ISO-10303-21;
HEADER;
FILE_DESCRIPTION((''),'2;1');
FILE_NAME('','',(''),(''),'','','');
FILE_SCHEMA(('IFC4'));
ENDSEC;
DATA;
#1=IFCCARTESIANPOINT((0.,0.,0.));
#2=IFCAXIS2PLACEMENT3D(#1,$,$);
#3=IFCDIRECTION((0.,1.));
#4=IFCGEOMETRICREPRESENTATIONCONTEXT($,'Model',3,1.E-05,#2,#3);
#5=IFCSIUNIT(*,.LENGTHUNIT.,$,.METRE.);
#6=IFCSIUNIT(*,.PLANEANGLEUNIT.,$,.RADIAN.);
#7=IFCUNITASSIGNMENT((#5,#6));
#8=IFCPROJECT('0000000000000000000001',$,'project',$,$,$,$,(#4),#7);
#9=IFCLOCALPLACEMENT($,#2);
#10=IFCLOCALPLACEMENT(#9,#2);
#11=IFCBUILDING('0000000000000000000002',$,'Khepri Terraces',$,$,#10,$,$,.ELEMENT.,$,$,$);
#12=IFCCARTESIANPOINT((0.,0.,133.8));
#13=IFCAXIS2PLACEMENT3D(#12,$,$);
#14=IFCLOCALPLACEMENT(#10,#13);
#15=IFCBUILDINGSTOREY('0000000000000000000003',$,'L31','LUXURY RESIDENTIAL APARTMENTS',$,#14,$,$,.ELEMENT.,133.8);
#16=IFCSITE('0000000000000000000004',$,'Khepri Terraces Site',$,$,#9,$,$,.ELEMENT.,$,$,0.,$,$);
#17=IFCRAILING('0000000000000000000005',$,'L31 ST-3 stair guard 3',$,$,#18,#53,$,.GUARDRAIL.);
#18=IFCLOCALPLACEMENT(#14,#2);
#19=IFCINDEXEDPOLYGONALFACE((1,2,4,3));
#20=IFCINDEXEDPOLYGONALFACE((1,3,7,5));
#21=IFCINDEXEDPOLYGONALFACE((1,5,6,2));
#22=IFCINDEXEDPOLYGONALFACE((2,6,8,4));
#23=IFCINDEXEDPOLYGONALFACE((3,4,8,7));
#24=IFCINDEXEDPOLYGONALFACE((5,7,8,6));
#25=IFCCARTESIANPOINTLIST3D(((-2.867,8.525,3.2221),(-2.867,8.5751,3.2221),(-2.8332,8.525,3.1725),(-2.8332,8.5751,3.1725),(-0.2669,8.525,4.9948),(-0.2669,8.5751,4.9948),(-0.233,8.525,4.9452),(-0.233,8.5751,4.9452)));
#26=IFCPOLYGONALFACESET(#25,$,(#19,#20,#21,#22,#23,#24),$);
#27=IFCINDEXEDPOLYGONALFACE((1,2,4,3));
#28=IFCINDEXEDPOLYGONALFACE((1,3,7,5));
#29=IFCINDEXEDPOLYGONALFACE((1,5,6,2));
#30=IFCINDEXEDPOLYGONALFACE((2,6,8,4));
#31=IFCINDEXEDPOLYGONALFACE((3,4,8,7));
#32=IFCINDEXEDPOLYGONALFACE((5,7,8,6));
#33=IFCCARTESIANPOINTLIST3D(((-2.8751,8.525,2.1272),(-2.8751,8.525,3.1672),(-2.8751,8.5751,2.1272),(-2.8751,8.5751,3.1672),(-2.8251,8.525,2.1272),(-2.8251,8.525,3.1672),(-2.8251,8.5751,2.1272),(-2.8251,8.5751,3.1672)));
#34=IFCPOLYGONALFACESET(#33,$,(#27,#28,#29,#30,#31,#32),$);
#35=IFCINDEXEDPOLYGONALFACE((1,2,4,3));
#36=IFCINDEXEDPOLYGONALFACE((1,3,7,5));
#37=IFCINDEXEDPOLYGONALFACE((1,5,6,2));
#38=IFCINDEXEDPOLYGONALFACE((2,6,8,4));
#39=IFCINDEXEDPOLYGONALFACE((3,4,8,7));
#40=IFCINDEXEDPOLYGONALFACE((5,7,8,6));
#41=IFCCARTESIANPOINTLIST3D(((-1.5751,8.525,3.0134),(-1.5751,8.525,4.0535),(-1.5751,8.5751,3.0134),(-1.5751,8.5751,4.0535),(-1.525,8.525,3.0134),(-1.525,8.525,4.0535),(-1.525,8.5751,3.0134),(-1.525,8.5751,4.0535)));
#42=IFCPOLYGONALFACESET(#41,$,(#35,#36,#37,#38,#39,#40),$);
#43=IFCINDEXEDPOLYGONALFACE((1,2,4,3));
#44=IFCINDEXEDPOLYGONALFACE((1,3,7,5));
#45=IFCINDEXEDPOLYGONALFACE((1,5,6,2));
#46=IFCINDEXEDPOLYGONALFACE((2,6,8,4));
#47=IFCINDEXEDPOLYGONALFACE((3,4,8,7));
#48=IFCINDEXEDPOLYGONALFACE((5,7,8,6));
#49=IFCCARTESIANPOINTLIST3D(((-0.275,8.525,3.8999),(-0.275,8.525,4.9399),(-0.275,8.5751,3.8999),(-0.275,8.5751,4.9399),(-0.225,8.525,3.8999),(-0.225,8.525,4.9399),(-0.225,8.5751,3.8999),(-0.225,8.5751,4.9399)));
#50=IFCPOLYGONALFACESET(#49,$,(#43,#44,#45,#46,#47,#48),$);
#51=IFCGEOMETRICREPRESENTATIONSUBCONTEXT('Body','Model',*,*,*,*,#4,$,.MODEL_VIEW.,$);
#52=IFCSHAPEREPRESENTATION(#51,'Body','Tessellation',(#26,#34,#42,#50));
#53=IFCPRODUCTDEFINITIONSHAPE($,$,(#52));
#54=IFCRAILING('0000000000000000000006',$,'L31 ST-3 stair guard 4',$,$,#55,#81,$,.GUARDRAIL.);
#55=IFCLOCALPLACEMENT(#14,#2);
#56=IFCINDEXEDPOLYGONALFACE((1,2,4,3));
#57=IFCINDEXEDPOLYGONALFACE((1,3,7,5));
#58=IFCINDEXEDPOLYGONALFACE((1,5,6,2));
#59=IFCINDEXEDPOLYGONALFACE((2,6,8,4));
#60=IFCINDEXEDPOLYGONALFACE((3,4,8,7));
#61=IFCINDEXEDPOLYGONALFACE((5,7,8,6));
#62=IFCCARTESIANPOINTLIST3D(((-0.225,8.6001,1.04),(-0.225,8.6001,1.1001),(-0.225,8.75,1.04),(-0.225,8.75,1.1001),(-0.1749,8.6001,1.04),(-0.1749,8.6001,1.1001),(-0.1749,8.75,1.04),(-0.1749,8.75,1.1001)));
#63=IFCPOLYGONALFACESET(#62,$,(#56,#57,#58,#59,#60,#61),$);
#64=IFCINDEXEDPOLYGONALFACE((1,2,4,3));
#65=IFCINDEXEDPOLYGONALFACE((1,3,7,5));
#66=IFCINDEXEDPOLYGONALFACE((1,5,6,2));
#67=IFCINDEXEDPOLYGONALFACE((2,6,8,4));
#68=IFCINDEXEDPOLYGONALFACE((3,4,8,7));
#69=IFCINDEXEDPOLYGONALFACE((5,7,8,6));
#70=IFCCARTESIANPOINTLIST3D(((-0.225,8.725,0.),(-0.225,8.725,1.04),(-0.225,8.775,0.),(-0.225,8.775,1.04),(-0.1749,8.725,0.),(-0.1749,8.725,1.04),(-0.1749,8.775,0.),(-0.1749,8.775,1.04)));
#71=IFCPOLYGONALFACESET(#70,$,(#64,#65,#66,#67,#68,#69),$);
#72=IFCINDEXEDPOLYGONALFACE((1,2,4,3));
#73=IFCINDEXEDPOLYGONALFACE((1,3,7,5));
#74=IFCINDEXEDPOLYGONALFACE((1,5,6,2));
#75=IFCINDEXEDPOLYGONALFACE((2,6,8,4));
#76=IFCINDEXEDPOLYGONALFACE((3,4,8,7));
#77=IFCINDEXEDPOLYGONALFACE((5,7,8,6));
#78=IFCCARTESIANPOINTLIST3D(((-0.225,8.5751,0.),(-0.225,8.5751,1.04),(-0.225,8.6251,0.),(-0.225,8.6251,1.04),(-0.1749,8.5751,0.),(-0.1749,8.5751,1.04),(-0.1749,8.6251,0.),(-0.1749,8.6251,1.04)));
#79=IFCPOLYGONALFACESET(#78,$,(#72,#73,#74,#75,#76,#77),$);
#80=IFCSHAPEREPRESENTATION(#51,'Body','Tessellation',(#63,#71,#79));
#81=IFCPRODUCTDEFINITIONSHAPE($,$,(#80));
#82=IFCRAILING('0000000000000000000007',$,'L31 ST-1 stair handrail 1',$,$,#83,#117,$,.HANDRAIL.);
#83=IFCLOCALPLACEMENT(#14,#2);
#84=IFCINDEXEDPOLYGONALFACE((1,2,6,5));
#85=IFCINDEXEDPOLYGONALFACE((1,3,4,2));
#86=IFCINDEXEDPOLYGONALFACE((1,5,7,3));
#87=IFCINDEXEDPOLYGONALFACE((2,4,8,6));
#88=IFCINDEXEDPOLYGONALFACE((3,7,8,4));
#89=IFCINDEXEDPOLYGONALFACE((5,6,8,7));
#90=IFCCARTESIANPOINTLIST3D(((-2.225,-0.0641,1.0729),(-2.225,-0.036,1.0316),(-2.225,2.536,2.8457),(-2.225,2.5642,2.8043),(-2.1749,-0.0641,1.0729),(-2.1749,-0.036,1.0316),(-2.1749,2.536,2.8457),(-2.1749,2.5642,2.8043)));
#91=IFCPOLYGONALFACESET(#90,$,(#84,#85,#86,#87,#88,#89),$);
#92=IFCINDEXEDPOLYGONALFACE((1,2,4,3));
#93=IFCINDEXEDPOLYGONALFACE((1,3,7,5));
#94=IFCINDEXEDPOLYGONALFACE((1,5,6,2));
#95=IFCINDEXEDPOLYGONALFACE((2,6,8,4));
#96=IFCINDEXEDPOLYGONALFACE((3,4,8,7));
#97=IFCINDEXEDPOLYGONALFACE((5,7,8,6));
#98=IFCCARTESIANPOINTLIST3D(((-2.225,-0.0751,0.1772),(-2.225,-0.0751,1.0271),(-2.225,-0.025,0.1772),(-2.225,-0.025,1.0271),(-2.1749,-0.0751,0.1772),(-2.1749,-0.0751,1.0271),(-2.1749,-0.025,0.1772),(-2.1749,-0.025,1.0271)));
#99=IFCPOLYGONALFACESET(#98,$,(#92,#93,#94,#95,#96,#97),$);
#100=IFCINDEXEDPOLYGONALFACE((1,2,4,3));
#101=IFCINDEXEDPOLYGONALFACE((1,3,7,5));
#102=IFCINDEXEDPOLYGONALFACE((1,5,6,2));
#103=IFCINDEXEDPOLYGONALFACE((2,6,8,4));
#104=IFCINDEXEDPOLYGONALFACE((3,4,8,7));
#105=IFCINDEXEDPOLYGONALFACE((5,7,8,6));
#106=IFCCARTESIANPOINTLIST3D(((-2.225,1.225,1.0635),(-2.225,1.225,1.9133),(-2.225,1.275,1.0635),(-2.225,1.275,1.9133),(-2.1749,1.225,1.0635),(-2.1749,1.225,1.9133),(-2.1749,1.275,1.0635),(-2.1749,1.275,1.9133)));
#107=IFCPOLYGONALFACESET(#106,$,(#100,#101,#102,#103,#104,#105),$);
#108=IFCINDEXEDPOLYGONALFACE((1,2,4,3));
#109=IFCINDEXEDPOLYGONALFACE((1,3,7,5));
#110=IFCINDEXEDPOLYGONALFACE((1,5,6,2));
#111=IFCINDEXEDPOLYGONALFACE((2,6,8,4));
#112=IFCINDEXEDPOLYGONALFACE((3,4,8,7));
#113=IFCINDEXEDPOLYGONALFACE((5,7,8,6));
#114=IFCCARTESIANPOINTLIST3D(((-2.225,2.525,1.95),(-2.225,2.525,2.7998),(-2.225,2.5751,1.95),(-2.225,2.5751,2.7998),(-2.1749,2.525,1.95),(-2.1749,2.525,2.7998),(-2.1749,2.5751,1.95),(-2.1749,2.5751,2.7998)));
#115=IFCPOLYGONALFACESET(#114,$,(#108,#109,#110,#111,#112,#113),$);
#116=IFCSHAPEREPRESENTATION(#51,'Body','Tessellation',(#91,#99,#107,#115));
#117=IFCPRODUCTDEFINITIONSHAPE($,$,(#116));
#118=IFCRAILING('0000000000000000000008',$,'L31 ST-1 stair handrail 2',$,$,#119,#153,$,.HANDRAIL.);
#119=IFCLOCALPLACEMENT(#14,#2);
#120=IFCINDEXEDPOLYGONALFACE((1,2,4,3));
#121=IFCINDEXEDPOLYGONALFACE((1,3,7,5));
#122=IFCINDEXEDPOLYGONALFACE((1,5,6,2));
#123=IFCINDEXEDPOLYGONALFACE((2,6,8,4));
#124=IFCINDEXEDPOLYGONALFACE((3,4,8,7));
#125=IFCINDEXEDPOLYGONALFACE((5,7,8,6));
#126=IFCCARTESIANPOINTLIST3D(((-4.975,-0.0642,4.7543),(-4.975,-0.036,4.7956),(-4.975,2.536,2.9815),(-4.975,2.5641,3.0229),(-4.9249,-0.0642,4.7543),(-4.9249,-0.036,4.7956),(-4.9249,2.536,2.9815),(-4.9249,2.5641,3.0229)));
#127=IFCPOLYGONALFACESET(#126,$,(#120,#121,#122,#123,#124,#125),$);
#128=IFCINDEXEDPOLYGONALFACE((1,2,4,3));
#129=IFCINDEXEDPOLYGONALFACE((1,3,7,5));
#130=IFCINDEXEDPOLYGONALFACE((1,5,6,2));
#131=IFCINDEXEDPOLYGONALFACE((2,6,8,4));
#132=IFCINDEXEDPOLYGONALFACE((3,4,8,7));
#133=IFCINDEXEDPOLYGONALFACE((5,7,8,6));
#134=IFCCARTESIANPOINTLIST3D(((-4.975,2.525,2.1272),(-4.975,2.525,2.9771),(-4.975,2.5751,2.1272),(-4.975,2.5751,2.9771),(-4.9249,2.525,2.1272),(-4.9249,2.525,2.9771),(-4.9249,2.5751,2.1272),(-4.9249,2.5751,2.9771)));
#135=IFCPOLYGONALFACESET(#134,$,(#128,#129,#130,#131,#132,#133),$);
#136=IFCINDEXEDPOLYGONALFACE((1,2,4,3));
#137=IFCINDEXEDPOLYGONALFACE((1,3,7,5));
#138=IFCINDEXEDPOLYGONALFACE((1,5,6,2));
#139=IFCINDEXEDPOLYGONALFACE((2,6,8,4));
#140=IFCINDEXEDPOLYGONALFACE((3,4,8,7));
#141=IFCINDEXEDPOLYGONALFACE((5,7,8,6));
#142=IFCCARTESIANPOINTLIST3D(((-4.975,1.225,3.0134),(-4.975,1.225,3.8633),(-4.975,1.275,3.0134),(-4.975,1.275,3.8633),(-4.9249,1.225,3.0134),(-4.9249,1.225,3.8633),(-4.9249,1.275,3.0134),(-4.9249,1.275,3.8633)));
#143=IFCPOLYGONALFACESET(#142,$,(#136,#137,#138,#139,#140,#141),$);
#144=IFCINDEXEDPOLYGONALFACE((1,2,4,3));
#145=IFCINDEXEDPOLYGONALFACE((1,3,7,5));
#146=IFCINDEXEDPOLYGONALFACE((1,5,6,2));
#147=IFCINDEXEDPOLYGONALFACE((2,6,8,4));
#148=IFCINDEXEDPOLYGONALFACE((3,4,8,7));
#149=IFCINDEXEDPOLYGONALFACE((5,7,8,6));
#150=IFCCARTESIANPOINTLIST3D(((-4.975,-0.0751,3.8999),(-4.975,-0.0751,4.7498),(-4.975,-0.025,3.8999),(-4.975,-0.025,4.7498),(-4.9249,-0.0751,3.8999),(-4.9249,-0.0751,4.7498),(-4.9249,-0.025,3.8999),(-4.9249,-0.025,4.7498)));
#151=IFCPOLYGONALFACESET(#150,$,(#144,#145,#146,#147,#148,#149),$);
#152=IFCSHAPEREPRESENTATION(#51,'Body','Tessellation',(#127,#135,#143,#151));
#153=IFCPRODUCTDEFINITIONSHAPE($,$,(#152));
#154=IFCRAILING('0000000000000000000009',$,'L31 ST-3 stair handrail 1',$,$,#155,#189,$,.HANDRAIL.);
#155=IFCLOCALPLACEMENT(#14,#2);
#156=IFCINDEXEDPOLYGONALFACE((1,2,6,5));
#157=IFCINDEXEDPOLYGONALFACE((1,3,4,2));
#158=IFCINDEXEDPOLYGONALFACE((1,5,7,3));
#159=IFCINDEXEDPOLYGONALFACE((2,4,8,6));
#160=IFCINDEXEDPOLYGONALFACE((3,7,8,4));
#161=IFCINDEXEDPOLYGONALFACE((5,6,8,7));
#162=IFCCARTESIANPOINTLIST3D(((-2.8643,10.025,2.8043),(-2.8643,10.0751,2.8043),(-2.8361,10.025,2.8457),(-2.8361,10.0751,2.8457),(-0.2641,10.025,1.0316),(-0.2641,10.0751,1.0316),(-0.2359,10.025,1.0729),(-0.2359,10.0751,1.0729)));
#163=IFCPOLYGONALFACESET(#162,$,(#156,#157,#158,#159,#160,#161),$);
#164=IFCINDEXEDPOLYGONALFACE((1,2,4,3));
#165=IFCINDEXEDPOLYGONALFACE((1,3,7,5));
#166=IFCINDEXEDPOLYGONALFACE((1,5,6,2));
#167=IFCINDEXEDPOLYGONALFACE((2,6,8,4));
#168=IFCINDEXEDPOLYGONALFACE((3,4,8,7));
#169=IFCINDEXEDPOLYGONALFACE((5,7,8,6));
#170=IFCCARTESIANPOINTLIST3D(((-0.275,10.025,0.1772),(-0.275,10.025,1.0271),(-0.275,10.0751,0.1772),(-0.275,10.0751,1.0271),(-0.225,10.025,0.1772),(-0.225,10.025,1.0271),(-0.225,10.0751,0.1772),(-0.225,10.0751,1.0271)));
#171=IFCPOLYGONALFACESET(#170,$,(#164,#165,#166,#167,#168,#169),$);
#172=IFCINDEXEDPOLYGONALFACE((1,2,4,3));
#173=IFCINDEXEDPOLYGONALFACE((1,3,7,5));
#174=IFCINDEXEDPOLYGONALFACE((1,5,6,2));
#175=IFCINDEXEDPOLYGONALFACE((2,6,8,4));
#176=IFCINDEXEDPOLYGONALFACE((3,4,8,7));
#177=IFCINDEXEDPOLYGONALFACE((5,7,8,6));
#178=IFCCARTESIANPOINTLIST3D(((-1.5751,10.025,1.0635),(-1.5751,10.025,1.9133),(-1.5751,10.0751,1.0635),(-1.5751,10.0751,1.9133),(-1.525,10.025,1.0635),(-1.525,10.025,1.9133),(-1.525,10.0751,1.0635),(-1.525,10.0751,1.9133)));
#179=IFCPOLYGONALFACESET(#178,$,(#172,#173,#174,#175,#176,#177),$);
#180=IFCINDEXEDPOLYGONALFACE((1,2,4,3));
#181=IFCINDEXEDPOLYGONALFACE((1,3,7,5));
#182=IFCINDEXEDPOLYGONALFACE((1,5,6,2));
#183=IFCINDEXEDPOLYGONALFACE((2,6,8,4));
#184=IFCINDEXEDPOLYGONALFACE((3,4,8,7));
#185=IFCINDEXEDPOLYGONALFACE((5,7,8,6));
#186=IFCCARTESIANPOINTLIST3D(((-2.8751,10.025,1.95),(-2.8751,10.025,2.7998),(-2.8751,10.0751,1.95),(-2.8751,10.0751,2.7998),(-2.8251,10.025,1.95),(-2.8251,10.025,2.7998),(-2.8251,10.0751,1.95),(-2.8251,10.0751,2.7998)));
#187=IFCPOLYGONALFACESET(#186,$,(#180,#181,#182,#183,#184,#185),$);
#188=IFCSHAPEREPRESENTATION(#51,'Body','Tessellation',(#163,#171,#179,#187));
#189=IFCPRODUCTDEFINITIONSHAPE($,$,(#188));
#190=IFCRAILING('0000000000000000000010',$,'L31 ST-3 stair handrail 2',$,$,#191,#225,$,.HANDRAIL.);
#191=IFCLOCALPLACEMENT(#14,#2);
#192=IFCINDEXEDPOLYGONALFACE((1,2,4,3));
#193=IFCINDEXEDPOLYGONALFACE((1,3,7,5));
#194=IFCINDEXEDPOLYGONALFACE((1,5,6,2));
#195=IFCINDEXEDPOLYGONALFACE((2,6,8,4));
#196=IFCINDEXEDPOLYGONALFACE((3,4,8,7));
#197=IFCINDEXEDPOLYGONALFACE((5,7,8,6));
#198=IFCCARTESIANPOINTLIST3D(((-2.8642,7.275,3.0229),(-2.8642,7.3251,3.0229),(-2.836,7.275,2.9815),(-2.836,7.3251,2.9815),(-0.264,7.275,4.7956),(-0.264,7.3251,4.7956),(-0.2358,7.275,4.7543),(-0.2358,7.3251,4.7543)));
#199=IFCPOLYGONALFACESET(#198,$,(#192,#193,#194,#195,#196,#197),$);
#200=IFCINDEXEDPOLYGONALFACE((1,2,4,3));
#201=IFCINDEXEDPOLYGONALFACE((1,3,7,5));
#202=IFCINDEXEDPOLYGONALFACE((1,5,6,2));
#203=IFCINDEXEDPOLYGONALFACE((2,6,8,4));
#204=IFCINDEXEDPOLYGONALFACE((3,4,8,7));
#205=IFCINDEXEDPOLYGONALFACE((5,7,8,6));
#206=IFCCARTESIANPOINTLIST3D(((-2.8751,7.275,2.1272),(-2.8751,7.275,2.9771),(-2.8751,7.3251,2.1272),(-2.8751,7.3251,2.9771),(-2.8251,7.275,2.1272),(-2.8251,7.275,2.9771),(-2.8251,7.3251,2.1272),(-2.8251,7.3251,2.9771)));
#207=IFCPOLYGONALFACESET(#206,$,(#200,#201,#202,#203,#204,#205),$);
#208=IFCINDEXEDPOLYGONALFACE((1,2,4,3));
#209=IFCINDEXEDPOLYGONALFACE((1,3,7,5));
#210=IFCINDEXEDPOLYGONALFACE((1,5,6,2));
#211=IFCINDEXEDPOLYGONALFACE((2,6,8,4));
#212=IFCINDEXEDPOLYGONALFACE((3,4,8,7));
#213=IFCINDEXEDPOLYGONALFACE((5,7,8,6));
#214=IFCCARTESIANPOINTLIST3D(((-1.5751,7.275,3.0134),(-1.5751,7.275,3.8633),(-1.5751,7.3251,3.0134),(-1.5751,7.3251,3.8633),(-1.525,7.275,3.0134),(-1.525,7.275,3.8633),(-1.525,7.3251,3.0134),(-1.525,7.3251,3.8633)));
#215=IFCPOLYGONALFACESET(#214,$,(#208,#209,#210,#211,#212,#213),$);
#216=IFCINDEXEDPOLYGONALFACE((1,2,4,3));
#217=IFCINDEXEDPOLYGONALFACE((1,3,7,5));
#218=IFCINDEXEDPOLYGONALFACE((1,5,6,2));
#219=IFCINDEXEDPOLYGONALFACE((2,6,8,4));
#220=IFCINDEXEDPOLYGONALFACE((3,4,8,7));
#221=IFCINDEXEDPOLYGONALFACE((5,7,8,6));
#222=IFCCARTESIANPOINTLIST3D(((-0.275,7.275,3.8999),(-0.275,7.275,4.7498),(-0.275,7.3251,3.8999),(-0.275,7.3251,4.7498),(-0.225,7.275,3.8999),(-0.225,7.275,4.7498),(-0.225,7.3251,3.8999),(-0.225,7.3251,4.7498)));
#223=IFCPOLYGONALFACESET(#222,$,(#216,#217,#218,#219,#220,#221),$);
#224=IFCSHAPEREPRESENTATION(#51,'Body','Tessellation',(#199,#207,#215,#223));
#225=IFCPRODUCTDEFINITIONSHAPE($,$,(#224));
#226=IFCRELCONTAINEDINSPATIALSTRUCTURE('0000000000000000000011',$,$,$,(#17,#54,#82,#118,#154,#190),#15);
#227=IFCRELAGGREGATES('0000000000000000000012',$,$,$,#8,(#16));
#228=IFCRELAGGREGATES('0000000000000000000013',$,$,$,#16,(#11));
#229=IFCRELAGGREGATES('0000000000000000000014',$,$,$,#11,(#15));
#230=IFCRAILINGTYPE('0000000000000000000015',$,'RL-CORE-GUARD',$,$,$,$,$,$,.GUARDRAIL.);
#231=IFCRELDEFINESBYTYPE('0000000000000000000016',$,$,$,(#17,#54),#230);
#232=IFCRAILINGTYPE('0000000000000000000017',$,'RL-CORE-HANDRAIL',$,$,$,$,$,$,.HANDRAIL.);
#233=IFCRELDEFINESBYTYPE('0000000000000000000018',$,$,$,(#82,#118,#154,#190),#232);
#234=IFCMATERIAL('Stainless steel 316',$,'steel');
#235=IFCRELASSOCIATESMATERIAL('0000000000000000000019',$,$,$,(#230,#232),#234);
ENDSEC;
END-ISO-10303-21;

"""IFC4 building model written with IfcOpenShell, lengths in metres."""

from ifc_helpers import new_model, si_unit, direction, frame, origin, origin_2d, place, context, subcontext, project, spatial, rectangle, extrude, material, type_object, element, save


model = new_model("IFC4")

# Units and contexts
model_context = context("Model", 3, precision=1e-05, world=origin(), true_north=direction((0.0, 1.0)))
body_context = subcontext(model_context, "Body", "Model", "MODEL_VIEW")
ifc_project = project(units=[si_unit("LENGTHUNIT", "METRE"), si_unit("PLANEANGLEUNIT", "RADIAN")], contexts=[model_context])

# Site, building, storey
site_placement = place(None, origin())
site = spatial("IfcSite", under=ifc_project, at=site_placement, Name="Khepri Terraces Site", CompositionType="ELEMENT", RefElevation=0.0)
building_placement = place(site_placement, origin())
building = spatial("IfcBuilding", under=site, at=building_placement, Name="Khepri Terraces", CompositionType="ELEMENT")
storey_placement = place(building_placement, frame((0.0, 0.0, 133.8)))
storey = spatial("IfcBuildingStorey", under=building, at=storey_placement, Name="L31", Description="LUXURY RESIDENTIAL APARTMENTS", CompositionType="ELEMENT", Elevation=133.8)

# Railings
ifc_material_1 = material(Name="Stainless steel 316", Category="steel")
railing_type_1 = type_object("IfcRailingType", Name="RL-CORE-GUARD", PredefinedType="GUARDRAIL", material=ifc_material_1)
railing_1_placement = place(storey_placement, frame((-2.8501, 8.55, 2.1272)))
element("IfcRailing", 1, at=railing_1_placement, inside=storey, type_object=railing_type_1, Name="L31 ST-3 stair guard 3", PredefinedType="GUARDRAIL", context=body_context, shape_type="SweptSolid", body=[
    extrude(rectangle(XDim=0.05, YDim=0.0601, at=origin_2d()), frame((0.0, 0.0, 1.0701), z_axis=(0.82624, 0.0, 0.563318), x_axis=(0.0, 1.0, 0.0)), (0.0, 0.0, 1.0), 3.147),
    extrude(rectangle(XDim=0.05, YDim=0.05, at=origin_2d()), origin(), (0.0, 0.0, 1.0), 1.04),
    extrude(rectangle(XDim=0.05, YDim=0.05, at=origin_2d()), frame((1.3, 0.0, 0.8862)), (0.0, 0.0, 1.0), 1.04),
    extrude(rectangle(XDim=0.05, YDim=0.05, at=origin_2d()), frame((2.6001, 0.0, 1.7727)), (0.0, 0.0, 1.0), 1.04),
])
railing_2_placement = place(storey_placement, frame((-0.2, 8.75, 0.0)))
element("IfcRailing", 2, at=railing_2_placement, inside=storey, type_object=railing_type_1, Name="L31 ST-3 stair guard 4", PredefinedType="GUARDRAIL", context=body_context, shape_type="SweptSolid", body=[
    extrude(rectangle(XDim=0.05, YDim=0.0601, at=origin_2d()), frame((0.0, 0.0, 1.0701), z_axis=(0.0, -1.0, 0.0), x_axis=(1.0, 0.0, 0.0)), (0.0, 0.0, 1.0), 0.1499),
    extrude(rectangle(XDim=0.05, YDim=0.05, at=origin_2d()), origin(), (0.0, 0.0, 1.0), 1.04),
    extrude(rectangle(XDim=0.05, YDim=0.05, at=origin_2d()), frame((0.0, -0.1499, 0.0)), (0.0, 0.0, 1.0), 1.04),
])
railing_type_2 = type_object("IfcRailingType", Name="RL-CORE-HANDRAIL", PredefinedType="HANDRAIL", material=ifc_material_1)
railing_3_placement = place(storey_placement, frame((-2.2, -0.05, 0.1772)))
element("IfcRailing", 3, at=railing_3_placement, inside=storey, type_object=railing_type_2, Name="L31 ST-1 stair handrail 1", PredefinedType="HANDRAIL", context=body_context, shape_type="SweptSolid", body=[
    extrude(rectangle(XDim=0.05, YDim=0.05, at=origin_2d()), frame((0.0, 0.0, 0.875), z_axis=(0.0, 0.82624, 0.563318), x_axis=(-1.0, 0.0, 0.0)), (0.0, 0.0, 1.0), 3.147),
    extrude(rectangle(XDim=0.05, YDim=0.05, at=origin_2d()), origin(), (0.0, 0.0, 1.0), 0.8499),
    extrude(rectangle(XDim=0.05, YDim=0.05, at=origin_2d()), frame((0.0, 1.3, 0.8862)), (0.0, 0.0, 1.0), 0.8499),
    extrude(rectangle(XDim=0.05, YDim=0.05, at=origin_2d()), frame((0.0, 2.6001, 1.7727)), (0.0, 0.0, 1.0), 0.8499),
])
railing_4_placement = place(storey_placement, frame((-4.95, 2.55, 2.1272)))
element("IfcRailing", 4, at=railing_4_placement, inside=storey, type_object=railing_type_2, Name="L31 ST-1 stair handrail 2", PredefinedType="HANDRAIL", context=body_context, shape_type="SweptSolid", body=[
    extrude(rectangle(XDim=0.05, YDim=0.05, at=origin_2d()), frame((0.0, 0.0, 0.875), z_axis=(0.0, -0.82624, 0.563318), x_axis=(1.0, 0.0, 0.0)), (0.0, 0.0, 1.0), 3.147),
    extrude(rectangle(XDim=0.05, YDim=0.05, at=origin_2d()), origin(), (0.0, 0.0, 1.0), 0.8499),
    extrude(rectangle(XDim=0.05, YDim=0.05, at=origin_2d()), frame((0.0, -1.3, 0.8862)), (0.0, 0.0, 1.0), 0.8499),
    extrude(rectangle(XDim=0.05, YDim=0.05, at=origin_2d()), frame((0.0, -2.6001, 1.7727)), (0.0, 0.0, 1.0), 0.8499),
])
railing_5_placement = place(storey_placement, frame((-0.25, 10.05, 0.1772)))
element("IfcRailing", 5, at=railing_5_placement, inside=storey, type_object=railing_type_2, Name="L31 ST-3 stair handrail 1", PredefinedType="HANDRAIL", context=body_context, shape_type="SweptSolid", body=[
    extrude(rectangle(XDim=0.05, YDim=0.05, at=origin_2d()), frame((0.0, 0.0, 0.875), z_axis=(-0.82624, 0.0, 0.563318), x_axis=(0.0, -1.0, 0.0)), (0.0, 0.0, 1.0), 3.147),
    extrude(rectangle(XDim=0.05, YDim=0.05, at=origin_2d()), origin(), (0.0, 0.0, 1.0), 0.8499),
    extrude(rectangle(XDim=0.05, YDim=0.05, at=origin_2d()), frame((-1.3, 0.0, 0.8862)), (0.0, 0.0, 1.0), 0.8499),
    extrude(rectangle(XDim=0.05, YDim=0.05, at=origin_2d()), frame((-2.6001, 0.0, 1.7727)), (0.0, 0.0, 1.0), 0.8499),
])
railing_6_placement = place(storey_placement, frame((-2.8501, 7.3, 2.1272)))
element("IfcRailing", 6, at=railing_6_placement, inside=storey, type_object=railing_type_2, Name="L31 ST-3 stair handrail 2", PredefinedType="HANDRAIL", context=body_context, shape_type="SweptSolid", body=[
    extrude(rectangle(XDim=0.05, YDim=0.05, at=origin_2d()), frame((0.0, 0.0, 0.875), z_axis=(0.82624, 0.0, 0.563318), x_axis=(0.0, 1.0, 0.0)), (0.0, 0.0, 1.0), 3.147),
    extrude(rectangle(XDim=0.05, YDim=0.05, at=origin_2d()), origin(), (0.0, 0.0, 1.0), 0.8499),
    extrude(rectangle(XDim=0.05, YDim=0.05, at=origin_2d()), frame((1.3, 0.0, 0.8862)), (0.0, 0.0, 1.0), 0.8499),
    extrude(rectangle(XDim=0.05, YDim=0.05, at=origin_2d()), frame((2.6001, 0.0, 1.7727)), (0.0, 0.0, 1.0), 0.8499),
])

save(model, "model.ifc")
